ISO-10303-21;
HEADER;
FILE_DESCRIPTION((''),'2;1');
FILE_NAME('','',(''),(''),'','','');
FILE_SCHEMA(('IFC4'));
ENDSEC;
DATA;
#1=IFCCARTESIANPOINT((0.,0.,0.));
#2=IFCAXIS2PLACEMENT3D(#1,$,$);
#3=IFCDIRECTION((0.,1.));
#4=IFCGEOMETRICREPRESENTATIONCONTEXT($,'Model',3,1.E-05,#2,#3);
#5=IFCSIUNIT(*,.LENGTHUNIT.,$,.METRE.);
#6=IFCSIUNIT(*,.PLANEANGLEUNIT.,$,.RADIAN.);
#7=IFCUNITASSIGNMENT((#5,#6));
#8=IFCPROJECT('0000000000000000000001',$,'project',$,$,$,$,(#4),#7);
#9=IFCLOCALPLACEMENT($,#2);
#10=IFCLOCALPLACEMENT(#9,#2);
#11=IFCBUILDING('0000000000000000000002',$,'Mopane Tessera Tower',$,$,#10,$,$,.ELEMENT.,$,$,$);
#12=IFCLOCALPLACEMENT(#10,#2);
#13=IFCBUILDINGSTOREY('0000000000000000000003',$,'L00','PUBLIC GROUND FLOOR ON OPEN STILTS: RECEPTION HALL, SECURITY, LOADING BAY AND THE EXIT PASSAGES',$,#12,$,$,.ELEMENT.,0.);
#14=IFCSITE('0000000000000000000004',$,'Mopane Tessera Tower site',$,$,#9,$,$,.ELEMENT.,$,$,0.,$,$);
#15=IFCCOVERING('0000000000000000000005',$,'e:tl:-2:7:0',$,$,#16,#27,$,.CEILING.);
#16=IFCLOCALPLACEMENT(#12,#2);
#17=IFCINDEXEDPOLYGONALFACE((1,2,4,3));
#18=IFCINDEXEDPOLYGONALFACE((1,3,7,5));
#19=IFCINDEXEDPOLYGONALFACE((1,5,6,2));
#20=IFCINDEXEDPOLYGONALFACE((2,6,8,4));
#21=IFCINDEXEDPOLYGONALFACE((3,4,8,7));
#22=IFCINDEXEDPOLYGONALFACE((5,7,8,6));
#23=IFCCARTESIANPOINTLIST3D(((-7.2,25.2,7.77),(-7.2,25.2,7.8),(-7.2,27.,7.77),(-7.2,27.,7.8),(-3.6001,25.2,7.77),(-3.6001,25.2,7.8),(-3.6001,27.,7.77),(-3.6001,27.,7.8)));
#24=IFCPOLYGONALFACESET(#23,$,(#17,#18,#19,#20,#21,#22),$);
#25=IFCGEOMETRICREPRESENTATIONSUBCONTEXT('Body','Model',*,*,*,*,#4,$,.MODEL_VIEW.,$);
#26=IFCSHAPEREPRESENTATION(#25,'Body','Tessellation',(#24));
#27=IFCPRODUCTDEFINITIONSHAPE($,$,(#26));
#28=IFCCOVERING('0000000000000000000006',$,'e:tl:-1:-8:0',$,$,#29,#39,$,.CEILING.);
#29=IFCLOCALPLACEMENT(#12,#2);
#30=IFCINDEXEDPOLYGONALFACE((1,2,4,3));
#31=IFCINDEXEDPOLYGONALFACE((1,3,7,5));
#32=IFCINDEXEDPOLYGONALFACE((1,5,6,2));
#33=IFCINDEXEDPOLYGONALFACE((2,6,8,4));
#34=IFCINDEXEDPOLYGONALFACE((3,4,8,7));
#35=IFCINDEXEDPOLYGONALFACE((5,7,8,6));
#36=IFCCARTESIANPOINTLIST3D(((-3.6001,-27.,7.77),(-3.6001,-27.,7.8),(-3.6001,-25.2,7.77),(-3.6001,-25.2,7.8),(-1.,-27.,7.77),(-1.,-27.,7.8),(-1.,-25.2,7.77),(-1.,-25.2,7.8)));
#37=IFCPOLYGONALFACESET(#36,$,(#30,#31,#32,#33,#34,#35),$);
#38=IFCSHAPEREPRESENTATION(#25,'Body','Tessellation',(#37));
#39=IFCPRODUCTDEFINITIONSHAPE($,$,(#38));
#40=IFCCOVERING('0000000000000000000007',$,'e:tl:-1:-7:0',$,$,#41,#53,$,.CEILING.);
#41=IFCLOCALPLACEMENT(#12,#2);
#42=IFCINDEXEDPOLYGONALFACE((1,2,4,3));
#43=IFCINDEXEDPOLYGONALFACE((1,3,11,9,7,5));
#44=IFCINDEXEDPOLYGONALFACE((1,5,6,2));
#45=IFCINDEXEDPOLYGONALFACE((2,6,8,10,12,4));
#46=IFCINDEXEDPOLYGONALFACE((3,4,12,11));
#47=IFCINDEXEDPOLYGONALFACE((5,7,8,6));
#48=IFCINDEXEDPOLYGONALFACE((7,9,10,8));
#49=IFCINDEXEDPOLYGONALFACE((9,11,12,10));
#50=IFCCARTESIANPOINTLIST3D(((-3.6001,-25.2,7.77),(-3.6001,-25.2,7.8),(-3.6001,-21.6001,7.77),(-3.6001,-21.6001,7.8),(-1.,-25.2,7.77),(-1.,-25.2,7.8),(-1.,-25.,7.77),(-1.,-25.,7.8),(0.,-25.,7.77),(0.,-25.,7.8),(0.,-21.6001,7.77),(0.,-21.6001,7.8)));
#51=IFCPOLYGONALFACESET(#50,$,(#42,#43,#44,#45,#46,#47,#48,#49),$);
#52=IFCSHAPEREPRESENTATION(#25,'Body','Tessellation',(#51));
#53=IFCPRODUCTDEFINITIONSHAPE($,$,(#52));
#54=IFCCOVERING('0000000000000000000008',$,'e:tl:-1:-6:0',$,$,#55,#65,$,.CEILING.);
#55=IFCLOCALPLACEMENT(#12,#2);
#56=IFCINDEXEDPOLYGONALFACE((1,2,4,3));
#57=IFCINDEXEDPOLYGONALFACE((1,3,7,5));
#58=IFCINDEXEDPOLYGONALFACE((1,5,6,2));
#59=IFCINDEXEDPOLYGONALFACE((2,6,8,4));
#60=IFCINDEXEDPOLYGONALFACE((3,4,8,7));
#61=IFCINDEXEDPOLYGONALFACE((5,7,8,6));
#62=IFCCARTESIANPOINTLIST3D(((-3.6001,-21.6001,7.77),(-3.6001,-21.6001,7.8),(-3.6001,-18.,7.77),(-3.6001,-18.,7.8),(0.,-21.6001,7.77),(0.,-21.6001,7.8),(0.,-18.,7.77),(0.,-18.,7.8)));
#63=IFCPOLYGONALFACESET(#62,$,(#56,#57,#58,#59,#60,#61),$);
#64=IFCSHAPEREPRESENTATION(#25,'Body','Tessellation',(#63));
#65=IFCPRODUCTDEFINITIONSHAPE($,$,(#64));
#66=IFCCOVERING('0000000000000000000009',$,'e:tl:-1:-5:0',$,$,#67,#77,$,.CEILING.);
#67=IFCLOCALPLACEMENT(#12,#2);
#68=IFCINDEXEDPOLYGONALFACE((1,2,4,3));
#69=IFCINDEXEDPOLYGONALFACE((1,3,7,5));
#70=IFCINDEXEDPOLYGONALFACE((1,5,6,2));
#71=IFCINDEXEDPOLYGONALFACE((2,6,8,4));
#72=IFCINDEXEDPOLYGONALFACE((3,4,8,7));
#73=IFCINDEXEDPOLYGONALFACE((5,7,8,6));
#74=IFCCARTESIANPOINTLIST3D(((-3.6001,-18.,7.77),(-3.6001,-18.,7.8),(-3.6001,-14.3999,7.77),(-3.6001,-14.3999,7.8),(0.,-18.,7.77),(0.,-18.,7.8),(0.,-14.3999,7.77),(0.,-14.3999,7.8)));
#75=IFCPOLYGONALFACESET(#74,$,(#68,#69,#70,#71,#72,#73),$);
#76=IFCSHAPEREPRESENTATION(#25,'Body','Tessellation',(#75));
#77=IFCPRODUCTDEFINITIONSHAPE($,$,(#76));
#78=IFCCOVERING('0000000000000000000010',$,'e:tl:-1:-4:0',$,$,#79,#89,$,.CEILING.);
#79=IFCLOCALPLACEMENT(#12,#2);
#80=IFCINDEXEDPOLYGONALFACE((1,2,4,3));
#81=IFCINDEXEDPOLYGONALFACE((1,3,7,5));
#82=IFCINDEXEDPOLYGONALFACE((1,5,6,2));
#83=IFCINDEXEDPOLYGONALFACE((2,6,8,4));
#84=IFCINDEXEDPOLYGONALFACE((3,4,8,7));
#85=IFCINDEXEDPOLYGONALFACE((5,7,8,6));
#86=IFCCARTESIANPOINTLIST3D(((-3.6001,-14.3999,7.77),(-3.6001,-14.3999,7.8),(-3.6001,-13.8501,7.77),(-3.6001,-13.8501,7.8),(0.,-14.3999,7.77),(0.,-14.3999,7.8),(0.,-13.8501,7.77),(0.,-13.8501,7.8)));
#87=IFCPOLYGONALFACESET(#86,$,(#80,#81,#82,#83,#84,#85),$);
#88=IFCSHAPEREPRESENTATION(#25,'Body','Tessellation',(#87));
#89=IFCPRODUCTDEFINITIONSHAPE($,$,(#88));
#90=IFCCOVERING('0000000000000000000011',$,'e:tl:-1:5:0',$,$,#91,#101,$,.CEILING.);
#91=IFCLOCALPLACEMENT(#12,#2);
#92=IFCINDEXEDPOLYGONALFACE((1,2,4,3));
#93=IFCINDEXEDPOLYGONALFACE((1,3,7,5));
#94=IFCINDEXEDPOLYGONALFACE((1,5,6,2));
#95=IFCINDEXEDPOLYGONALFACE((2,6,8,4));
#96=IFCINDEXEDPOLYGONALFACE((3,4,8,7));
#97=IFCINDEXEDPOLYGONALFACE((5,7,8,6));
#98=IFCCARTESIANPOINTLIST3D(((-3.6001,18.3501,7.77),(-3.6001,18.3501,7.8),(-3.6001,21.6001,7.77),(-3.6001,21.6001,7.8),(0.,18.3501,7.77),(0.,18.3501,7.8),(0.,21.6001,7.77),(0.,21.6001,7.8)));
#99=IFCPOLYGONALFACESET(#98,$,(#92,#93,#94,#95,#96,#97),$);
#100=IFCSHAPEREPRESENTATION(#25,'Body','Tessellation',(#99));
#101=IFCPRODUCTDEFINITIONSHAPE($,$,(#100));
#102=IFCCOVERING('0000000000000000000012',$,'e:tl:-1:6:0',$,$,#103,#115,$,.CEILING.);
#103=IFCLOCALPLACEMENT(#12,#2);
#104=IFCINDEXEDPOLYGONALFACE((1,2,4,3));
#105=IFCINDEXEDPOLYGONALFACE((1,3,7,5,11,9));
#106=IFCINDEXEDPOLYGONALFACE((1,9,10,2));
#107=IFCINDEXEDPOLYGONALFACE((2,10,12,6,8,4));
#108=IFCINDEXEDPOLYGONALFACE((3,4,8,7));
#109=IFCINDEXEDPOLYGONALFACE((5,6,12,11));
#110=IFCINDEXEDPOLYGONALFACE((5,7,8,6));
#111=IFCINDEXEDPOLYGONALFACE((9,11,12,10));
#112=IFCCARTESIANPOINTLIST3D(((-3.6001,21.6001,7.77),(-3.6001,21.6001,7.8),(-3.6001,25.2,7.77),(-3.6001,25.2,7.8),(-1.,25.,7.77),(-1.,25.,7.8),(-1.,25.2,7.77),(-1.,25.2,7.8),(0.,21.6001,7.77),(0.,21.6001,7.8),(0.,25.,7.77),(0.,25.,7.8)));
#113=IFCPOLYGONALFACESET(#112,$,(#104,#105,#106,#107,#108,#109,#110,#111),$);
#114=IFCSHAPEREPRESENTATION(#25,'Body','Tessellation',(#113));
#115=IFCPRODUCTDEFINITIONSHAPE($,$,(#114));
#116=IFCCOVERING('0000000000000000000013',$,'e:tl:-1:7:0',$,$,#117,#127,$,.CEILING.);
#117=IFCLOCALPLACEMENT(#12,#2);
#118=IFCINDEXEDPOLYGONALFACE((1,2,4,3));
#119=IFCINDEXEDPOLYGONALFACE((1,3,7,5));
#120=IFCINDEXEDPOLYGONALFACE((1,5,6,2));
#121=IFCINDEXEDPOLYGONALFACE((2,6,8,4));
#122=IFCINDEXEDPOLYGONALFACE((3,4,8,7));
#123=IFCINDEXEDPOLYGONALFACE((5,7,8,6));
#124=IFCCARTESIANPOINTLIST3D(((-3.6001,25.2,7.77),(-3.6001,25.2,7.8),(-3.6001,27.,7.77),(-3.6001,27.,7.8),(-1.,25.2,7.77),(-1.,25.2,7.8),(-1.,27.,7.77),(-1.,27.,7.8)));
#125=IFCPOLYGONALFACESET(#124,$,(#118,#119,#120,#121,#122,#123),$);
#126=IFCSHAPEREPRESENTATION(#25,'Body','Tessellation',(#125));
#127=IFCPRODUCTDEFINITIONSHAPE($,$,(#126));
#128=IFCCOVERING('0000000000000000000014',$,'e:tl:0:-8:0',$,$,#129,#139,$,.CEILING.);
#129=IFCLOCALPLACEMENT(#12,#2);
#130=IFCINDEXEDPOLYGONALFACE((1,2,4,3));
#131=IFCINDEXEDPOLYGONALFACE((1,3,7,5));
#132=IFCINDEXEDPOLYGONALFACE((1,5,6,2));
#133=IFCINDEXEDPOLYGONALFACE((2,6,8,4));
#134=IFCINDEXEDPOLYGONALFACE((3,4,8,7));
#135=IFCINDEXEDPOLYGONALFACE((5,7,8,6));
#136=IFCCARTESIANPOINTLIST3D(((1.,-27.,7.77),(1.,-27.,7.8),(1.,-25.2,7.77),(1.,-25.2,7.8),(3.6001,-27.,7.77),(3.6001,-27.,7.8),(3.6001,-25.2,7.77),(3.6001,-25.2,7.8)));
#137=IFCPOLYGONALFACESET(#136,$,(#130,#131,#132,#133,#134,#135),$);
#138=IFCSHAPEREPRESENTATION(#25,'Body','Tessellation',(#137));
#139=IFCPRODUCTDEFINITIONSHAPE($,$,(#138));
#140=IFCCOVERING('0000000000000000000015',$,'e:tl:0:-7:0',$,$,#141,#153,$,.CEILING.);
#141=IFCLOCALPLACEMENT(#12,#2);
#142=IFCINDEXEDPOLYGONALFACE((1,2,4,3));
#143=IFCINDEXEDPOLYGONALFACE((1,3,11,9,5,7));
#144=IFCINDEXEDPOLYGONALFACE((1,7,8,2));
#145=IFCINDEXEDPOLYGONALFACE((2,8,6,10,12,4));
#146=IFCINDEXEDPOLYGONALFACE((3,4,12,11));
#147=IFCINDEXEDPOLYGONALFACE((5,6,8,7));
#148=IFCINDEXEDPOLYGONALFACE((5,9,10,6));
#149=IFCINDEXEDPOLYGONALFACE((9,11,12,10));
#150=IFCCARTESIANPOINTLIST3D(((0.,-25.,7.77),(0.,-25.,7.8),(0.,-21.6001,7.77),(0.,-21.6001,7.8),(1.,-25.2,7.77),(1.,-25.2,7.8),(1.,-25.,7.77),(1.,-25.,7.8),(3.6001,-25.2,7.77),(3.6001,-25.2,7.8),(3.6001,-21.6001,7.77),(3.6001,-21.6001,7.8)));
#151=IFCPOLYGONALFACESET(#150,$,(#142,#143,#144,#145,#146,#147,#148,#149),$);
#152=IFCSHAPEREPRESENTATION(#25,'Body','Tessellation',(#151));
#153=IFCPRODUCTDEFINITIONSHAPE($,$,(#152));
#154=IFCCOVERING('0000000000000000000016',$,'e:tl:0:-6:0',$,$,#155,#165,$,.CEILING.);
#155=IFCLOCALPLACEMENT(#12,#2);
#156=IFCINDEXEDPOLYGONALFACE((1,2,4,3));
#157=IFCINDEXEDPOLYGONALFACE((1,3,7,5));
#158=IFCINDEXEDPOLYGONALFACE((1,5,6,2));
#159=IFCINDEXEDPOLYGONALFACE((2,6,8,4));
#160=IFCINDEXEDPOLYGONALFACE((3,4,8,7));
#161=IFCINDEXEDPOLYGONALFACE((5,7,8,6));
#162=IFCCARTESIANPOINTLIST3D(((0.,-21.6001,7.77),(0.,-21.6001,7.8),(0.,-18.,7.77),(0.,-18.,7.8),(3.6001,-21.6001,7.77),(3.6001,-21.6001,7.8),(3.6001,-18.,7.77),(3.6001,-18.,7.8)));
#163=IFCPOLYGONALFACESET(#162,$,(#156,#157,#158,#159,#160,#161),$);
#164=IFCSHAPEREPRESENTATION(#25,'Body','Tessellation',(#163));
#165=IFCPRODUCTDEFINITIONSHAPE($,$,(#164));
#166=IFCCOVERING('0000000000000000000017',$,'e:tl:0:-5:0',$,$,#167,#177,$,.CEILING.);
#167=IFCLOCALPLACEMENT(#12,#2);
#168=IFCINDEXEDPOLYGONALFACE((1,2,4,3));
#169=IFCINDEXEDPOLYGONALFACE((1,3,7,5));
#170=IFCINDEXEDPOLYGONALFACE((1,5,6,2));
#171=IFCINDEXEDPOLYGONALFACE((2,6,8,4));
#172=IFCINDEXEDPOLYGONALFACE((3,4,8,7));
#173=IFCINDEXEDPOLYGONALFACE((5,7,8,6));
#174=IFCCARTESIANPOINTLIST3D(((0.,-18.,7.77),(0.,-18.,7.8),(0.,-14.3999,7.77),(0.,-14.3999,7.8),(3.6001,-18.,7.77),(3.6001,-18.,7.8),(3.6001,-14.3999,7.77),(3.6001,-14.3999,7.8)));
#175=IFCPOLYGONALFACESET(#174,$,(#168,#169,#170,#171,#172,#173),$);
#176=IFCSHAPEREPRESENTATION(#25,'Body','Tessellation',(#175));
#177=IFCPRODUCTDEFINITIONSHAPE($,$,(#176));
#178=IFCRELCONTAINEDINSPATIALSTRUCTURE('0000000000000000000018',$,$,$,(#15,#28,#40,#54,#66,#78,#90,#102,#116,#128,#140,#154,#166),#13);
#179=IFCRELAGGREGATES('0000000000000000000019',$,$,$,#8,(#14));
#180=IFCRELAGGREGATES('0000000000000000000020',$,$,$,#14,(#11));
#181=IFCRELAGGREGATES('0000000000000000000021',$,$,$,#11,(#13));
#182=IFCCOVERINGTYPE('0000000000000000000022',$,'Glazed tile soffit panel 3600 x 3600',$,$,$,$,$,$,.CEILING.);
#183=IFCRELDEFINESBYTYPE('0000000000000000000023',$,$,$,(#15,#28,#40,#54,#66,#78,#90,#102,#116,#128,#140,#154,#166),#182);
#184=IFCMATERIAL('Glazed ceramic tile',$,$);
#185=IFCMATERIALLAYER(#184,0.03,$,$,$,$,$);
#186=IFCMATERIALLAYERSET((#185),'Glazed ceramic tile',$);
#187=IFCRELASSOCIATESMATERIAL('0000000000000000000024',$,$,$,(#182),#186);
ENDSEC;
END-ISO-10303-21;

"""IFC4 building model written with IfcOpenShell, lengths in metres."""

from ifc_helpers import new_model, si_unit, direction, frame, origin, place, context, subcontext, project, spatial, polyline, outline, extrude, material, layer, layer_set, type_object, element, save


model = new_model("IFC4")

# Units and contexts
model_context = context("Model", 3, precision=1e-05, world=origin(), true_north=direction((0.0, 1.0)))
body_context = subcontext(model_context, "Body", "Model", "MODEL_VIEW")
ifc_project = project(units=[si_unit("LENGTHUNIT", "METRE"), si_unit("PLANEANGLEUNIT", "RADIAN")], contexts=[model_context])

# Site, building, storey
site_placement = place(None, origin())
site = spatial("IfcSite", under=ifc_project, at=site_placement, Name="Mopane Tessera Tower site", CompositionType="ELEMENT", RefElevation=0.0)
building_placement = place(site_placement, origin())
building = spatial("IfcBuilding", under=site, at=building_placement, Name="Mopane Tessera Tower", CompositionType="ELEMENT")
storey_placement = place(building_placement, origin())
storey = spatial("IfcBuildingStorey", under=building, at=storey_placement, Name="L00", Description="PUBLIC GROUND FLOOR ON OPEN STILTS: RECEPTION HALL, SECURITY, LOADING BAY AND THE EXIT PASSAGES", CompositionType="ELEMENT", Elevation=0.0)

# Coverings
ifc_material_1 = material(Name="Glazed ceramic tile")
ifc_layer_1 = layer(ifc_material_1, 0.03)
ifc_layer_set_1 = layer_set([ifc_layer_1], Name="Glazed ceramic tile")
covering_type = type_object("IfcCoveringType", Name="Glazed tile soffit panel 3600 x 3600", PredefinedType="CEILING", material=ifc_layer_set_1)
covering_1_placement = place(storey_placement, frame((0.0, 0.0, 7.77)))
element("IfcCovering", 1, at=covering_1_placement, inside=storey, type_object=covering_type, Name="e:tl:-2:7:0", PredefinedType="CEILING", context=body_context, shape_type="SweptSolid", body=[
    extrude(outline(polyline([(-3.6001, 27.0), (-3.6001, 25.2), (-7.2, 25.2), (-7.2, 27.0), (-3.6001, 27.0)])), origin(), (0.0, 0.0, 1.0), 0.03),
])
covering_2_placement = place(storey_placement, frame((0.0, 0.0, 7.77)))
element("IfcCovering", 2, at=covering_2_placement, inside=storey, type_object=covering_type, Name="e:tl:-1:-8:0", PredefinedType="CEILING", context=body_context, shape_type="SweptSolid", body=[
    extrude(outline(polyline([(-1.0, -27.0), (-3.6001, -27.0), (-3.6001, -25.2), (-1.0, -25.2), (-1.0, -27.0)])), origin(), (0.0, 0.0, 1.0), 0.03),
])
covering_3_placement = place(storey_placement, frame((0.0, 0.0, 7.77)))
element("IfcCovering", 3, at=covering_3_placement, inside=storey, type_object=covering_type, Name="e:tl:-1:-7:0", PredefinedType="CEILING", context=body_context, shape_type="SweptSolid", body=[
    extrude(outline(polyline([(-1.0, -25.0), (-1.0, -25.2), (-3.6001, -25.2), (-3.6001, -21.6001), (0.0, -21.6001), (0.0, -25.0), (-1.0, -25.0)])), origin(), (0.0, 0.0, 1.0), 0.03),
])
covering_4_placement = place(storey_placement, frame((0.0, 0.0, 7.77)))
element("IfcCovering", 4, at=covering_4_placement, inside=storey, type_object=covering_type, Name="e:tl:-1:-6:0", PredefinedType="CEILING", context=body_context, shape_type="SweptSolid", body=[
    extrude(outline(polyline([(-3.6001, -21.6001), (-3.6001, -18.0), (0.0, -18.0), (0.0, -21.6001), (-3.6001, -21.6001)])), origin(), (0.0, 0.0, 1.0), 0.03),
])
covering_5_placement = place(storey_placement, frame((0.0, 0.0, 7.77)))
element("IfcCovering", 5, at=covering_5_placement, inside=storey, type_object=covering_type, Name="e:tl:-1:-5:0", PredefinedType="CEILING", context=body_context, shape_type="SweptSolid", body=[
    extrude(outline(polyline([(-3.6001, -18.0), (-3.6001, -14.3999), (0.0, -14.3999), (0.0, -18.0), (-3.6001, -18.0)])), origin(), (0.0, 0.0, 1.0), 0.03),
])
covering_6_placement = place(storey_placement, frame((0.0, 0.0, 7.77)))
element("IfcCovering", 6, at=covering_6_placement, inside=storey, type_object=covering_type, Name="e:tl:-1:-4:0", PredefinedType="CEILING", context=body_context, shape_type="SweptSolid", body=[
    extrude(outline(polyline([(0.0, -13.8501), (0.0, -14.3999), (-3.6001, -14.3999), (-3.6001, -13.8501), (0.0, -13.8501)])), origin(), (0.0, 0.0, 1.0), 0.03),
])
covering_7_placement = place(storey_placement, frame((0.0, 0.0, 7.77)))
element("IfcCovering", 7, at=covering_7_placement, inside=storey, type_object=covering_type, Name="e:tl:-1:5:0", PredefinedType="CEILING", context=body_context, shape_type="SweptSolid", body=[
    extrude(outline(polyline([(-3.6001, 18.3501), (-3.6001, 21.6001), (0.0, 21.6001), (0.0, 18.3501), (-3.6001, 18.3501)])), origin(), (0.0, 0.0, 1.0), 0.03),
])
covering_8_placement = place(storey_placement, frame((0.0, 0.0, 7.77)))
element("IfcCovering", 8, at=covering_8_placement, inside=storey, type_object=covering_type, Name="e:tl:-1:6:0", PredefinedType="CEILING", context=body_context, shape_type="SweptSolid", body=[
    extrude(outline(polyline([(-1.0, 25.0), (0.0, 25.0), (0.0, 21.6001), (-3.6001, 21.6001), (-3.6001, 25.2), (-1.0, 25.2), (-1.0, 25.0)])), origin(), (0.0, 0.0, 1.0), 0.03),
])
covering_9_placement = place(storey_placement, frame((0.0, 0.0, 7.77)))
element("IfcCovering", 9, at=covering_9_placement, inside=storey, type_object=covering_type, Name="e:tl:-1:7:0", PredefinedType="CEILING", context=body_context, shape_type="SweptSolid", body=[
    extrude(outline(polyline([(-1.0, 27.0), (-1.0, 25.2), (-3.6001, 25.2), (-3.6001, 27.0), (-1.0, 27.0)])), origin(), (0.0, 0.0, 1.0), 0.03),
])
covering_10_placement = place(storey_placement, frame((0.0, 0.0, 7.77)))
element("IfcCovering", 10, at=covering_10_placement, inside=storey, type_object=covering_type, Name="e:tl:0:-8:0", PredefinedType="CEILING", context=body_context, shape_type="SweptSolid", body=[
    extrude(outline(polyline([(1.0, -27.0), (1.0, -25.2), (3.6001, -25.2), (3.6001, -27.0), (1.0, -27.0)])), origin(), (0.0, 0.0, 1.0), 0.03),
])
covering_11_placement = place(storey_placement, frame((0.0, 0.0, 7.77)))
element("IfcCovering", 11, at=covering_11_placement, inside=storey, type_object=covering_type, Name="e:tl:0:-7:0", PredefinedType="CEILING", context=body_context, shape_type="SweptSolid", body=[
    extrude(outline(polyline([(1.0, -25.0), (0.0, -25.0), (0.0, -21.6001), (3.6001, -21.6001), (3.6001, -25.2), (1.0, -25.2), (1.0, -25.0)])), origin(), (0.0, 0.0, 1.0), 0.03),
])
covering_12_placement = place(storey_placement, frame((0.0, 0.0, 7.77)))
element("IfcCovering", 12, at=covering_12_placement, inside=storey, type_object=covering_type, Name="e:tl:0:-6:0", PredefinedType="CEILING", context=body_context, shape_type="SweptSolid", body=[
    extrude(outline(polyline([(0.0, -21.6001), (0.0, -18.0), (3.6001, -18.0), (3.6001, -21.6001), (0.0, -21.6001)])), origin(), (0.0, 0.0, 1.0), 0.03),
])
covering_13_placement = place(storey_placement, frame((0.0, 0.0, 7.77)))
element("IfcCovering", 13, at=covering_13_placement, inside=storey, type_object=covering_type, Name="e:tl:0:-5:0", PredefinedType="CEILING", context=body_context, shape_type="SweptSolid", body=[
    extrude(outline(polyline([(0.0, -18.0), (0.0, -14.3999), (3.6001, -14.3999), (3.6001, -18.0), (0.0, -18.0)])), origin(), (0.0, 0.0, 1.0), 0.03),
])

save(model, "model.ifc")
